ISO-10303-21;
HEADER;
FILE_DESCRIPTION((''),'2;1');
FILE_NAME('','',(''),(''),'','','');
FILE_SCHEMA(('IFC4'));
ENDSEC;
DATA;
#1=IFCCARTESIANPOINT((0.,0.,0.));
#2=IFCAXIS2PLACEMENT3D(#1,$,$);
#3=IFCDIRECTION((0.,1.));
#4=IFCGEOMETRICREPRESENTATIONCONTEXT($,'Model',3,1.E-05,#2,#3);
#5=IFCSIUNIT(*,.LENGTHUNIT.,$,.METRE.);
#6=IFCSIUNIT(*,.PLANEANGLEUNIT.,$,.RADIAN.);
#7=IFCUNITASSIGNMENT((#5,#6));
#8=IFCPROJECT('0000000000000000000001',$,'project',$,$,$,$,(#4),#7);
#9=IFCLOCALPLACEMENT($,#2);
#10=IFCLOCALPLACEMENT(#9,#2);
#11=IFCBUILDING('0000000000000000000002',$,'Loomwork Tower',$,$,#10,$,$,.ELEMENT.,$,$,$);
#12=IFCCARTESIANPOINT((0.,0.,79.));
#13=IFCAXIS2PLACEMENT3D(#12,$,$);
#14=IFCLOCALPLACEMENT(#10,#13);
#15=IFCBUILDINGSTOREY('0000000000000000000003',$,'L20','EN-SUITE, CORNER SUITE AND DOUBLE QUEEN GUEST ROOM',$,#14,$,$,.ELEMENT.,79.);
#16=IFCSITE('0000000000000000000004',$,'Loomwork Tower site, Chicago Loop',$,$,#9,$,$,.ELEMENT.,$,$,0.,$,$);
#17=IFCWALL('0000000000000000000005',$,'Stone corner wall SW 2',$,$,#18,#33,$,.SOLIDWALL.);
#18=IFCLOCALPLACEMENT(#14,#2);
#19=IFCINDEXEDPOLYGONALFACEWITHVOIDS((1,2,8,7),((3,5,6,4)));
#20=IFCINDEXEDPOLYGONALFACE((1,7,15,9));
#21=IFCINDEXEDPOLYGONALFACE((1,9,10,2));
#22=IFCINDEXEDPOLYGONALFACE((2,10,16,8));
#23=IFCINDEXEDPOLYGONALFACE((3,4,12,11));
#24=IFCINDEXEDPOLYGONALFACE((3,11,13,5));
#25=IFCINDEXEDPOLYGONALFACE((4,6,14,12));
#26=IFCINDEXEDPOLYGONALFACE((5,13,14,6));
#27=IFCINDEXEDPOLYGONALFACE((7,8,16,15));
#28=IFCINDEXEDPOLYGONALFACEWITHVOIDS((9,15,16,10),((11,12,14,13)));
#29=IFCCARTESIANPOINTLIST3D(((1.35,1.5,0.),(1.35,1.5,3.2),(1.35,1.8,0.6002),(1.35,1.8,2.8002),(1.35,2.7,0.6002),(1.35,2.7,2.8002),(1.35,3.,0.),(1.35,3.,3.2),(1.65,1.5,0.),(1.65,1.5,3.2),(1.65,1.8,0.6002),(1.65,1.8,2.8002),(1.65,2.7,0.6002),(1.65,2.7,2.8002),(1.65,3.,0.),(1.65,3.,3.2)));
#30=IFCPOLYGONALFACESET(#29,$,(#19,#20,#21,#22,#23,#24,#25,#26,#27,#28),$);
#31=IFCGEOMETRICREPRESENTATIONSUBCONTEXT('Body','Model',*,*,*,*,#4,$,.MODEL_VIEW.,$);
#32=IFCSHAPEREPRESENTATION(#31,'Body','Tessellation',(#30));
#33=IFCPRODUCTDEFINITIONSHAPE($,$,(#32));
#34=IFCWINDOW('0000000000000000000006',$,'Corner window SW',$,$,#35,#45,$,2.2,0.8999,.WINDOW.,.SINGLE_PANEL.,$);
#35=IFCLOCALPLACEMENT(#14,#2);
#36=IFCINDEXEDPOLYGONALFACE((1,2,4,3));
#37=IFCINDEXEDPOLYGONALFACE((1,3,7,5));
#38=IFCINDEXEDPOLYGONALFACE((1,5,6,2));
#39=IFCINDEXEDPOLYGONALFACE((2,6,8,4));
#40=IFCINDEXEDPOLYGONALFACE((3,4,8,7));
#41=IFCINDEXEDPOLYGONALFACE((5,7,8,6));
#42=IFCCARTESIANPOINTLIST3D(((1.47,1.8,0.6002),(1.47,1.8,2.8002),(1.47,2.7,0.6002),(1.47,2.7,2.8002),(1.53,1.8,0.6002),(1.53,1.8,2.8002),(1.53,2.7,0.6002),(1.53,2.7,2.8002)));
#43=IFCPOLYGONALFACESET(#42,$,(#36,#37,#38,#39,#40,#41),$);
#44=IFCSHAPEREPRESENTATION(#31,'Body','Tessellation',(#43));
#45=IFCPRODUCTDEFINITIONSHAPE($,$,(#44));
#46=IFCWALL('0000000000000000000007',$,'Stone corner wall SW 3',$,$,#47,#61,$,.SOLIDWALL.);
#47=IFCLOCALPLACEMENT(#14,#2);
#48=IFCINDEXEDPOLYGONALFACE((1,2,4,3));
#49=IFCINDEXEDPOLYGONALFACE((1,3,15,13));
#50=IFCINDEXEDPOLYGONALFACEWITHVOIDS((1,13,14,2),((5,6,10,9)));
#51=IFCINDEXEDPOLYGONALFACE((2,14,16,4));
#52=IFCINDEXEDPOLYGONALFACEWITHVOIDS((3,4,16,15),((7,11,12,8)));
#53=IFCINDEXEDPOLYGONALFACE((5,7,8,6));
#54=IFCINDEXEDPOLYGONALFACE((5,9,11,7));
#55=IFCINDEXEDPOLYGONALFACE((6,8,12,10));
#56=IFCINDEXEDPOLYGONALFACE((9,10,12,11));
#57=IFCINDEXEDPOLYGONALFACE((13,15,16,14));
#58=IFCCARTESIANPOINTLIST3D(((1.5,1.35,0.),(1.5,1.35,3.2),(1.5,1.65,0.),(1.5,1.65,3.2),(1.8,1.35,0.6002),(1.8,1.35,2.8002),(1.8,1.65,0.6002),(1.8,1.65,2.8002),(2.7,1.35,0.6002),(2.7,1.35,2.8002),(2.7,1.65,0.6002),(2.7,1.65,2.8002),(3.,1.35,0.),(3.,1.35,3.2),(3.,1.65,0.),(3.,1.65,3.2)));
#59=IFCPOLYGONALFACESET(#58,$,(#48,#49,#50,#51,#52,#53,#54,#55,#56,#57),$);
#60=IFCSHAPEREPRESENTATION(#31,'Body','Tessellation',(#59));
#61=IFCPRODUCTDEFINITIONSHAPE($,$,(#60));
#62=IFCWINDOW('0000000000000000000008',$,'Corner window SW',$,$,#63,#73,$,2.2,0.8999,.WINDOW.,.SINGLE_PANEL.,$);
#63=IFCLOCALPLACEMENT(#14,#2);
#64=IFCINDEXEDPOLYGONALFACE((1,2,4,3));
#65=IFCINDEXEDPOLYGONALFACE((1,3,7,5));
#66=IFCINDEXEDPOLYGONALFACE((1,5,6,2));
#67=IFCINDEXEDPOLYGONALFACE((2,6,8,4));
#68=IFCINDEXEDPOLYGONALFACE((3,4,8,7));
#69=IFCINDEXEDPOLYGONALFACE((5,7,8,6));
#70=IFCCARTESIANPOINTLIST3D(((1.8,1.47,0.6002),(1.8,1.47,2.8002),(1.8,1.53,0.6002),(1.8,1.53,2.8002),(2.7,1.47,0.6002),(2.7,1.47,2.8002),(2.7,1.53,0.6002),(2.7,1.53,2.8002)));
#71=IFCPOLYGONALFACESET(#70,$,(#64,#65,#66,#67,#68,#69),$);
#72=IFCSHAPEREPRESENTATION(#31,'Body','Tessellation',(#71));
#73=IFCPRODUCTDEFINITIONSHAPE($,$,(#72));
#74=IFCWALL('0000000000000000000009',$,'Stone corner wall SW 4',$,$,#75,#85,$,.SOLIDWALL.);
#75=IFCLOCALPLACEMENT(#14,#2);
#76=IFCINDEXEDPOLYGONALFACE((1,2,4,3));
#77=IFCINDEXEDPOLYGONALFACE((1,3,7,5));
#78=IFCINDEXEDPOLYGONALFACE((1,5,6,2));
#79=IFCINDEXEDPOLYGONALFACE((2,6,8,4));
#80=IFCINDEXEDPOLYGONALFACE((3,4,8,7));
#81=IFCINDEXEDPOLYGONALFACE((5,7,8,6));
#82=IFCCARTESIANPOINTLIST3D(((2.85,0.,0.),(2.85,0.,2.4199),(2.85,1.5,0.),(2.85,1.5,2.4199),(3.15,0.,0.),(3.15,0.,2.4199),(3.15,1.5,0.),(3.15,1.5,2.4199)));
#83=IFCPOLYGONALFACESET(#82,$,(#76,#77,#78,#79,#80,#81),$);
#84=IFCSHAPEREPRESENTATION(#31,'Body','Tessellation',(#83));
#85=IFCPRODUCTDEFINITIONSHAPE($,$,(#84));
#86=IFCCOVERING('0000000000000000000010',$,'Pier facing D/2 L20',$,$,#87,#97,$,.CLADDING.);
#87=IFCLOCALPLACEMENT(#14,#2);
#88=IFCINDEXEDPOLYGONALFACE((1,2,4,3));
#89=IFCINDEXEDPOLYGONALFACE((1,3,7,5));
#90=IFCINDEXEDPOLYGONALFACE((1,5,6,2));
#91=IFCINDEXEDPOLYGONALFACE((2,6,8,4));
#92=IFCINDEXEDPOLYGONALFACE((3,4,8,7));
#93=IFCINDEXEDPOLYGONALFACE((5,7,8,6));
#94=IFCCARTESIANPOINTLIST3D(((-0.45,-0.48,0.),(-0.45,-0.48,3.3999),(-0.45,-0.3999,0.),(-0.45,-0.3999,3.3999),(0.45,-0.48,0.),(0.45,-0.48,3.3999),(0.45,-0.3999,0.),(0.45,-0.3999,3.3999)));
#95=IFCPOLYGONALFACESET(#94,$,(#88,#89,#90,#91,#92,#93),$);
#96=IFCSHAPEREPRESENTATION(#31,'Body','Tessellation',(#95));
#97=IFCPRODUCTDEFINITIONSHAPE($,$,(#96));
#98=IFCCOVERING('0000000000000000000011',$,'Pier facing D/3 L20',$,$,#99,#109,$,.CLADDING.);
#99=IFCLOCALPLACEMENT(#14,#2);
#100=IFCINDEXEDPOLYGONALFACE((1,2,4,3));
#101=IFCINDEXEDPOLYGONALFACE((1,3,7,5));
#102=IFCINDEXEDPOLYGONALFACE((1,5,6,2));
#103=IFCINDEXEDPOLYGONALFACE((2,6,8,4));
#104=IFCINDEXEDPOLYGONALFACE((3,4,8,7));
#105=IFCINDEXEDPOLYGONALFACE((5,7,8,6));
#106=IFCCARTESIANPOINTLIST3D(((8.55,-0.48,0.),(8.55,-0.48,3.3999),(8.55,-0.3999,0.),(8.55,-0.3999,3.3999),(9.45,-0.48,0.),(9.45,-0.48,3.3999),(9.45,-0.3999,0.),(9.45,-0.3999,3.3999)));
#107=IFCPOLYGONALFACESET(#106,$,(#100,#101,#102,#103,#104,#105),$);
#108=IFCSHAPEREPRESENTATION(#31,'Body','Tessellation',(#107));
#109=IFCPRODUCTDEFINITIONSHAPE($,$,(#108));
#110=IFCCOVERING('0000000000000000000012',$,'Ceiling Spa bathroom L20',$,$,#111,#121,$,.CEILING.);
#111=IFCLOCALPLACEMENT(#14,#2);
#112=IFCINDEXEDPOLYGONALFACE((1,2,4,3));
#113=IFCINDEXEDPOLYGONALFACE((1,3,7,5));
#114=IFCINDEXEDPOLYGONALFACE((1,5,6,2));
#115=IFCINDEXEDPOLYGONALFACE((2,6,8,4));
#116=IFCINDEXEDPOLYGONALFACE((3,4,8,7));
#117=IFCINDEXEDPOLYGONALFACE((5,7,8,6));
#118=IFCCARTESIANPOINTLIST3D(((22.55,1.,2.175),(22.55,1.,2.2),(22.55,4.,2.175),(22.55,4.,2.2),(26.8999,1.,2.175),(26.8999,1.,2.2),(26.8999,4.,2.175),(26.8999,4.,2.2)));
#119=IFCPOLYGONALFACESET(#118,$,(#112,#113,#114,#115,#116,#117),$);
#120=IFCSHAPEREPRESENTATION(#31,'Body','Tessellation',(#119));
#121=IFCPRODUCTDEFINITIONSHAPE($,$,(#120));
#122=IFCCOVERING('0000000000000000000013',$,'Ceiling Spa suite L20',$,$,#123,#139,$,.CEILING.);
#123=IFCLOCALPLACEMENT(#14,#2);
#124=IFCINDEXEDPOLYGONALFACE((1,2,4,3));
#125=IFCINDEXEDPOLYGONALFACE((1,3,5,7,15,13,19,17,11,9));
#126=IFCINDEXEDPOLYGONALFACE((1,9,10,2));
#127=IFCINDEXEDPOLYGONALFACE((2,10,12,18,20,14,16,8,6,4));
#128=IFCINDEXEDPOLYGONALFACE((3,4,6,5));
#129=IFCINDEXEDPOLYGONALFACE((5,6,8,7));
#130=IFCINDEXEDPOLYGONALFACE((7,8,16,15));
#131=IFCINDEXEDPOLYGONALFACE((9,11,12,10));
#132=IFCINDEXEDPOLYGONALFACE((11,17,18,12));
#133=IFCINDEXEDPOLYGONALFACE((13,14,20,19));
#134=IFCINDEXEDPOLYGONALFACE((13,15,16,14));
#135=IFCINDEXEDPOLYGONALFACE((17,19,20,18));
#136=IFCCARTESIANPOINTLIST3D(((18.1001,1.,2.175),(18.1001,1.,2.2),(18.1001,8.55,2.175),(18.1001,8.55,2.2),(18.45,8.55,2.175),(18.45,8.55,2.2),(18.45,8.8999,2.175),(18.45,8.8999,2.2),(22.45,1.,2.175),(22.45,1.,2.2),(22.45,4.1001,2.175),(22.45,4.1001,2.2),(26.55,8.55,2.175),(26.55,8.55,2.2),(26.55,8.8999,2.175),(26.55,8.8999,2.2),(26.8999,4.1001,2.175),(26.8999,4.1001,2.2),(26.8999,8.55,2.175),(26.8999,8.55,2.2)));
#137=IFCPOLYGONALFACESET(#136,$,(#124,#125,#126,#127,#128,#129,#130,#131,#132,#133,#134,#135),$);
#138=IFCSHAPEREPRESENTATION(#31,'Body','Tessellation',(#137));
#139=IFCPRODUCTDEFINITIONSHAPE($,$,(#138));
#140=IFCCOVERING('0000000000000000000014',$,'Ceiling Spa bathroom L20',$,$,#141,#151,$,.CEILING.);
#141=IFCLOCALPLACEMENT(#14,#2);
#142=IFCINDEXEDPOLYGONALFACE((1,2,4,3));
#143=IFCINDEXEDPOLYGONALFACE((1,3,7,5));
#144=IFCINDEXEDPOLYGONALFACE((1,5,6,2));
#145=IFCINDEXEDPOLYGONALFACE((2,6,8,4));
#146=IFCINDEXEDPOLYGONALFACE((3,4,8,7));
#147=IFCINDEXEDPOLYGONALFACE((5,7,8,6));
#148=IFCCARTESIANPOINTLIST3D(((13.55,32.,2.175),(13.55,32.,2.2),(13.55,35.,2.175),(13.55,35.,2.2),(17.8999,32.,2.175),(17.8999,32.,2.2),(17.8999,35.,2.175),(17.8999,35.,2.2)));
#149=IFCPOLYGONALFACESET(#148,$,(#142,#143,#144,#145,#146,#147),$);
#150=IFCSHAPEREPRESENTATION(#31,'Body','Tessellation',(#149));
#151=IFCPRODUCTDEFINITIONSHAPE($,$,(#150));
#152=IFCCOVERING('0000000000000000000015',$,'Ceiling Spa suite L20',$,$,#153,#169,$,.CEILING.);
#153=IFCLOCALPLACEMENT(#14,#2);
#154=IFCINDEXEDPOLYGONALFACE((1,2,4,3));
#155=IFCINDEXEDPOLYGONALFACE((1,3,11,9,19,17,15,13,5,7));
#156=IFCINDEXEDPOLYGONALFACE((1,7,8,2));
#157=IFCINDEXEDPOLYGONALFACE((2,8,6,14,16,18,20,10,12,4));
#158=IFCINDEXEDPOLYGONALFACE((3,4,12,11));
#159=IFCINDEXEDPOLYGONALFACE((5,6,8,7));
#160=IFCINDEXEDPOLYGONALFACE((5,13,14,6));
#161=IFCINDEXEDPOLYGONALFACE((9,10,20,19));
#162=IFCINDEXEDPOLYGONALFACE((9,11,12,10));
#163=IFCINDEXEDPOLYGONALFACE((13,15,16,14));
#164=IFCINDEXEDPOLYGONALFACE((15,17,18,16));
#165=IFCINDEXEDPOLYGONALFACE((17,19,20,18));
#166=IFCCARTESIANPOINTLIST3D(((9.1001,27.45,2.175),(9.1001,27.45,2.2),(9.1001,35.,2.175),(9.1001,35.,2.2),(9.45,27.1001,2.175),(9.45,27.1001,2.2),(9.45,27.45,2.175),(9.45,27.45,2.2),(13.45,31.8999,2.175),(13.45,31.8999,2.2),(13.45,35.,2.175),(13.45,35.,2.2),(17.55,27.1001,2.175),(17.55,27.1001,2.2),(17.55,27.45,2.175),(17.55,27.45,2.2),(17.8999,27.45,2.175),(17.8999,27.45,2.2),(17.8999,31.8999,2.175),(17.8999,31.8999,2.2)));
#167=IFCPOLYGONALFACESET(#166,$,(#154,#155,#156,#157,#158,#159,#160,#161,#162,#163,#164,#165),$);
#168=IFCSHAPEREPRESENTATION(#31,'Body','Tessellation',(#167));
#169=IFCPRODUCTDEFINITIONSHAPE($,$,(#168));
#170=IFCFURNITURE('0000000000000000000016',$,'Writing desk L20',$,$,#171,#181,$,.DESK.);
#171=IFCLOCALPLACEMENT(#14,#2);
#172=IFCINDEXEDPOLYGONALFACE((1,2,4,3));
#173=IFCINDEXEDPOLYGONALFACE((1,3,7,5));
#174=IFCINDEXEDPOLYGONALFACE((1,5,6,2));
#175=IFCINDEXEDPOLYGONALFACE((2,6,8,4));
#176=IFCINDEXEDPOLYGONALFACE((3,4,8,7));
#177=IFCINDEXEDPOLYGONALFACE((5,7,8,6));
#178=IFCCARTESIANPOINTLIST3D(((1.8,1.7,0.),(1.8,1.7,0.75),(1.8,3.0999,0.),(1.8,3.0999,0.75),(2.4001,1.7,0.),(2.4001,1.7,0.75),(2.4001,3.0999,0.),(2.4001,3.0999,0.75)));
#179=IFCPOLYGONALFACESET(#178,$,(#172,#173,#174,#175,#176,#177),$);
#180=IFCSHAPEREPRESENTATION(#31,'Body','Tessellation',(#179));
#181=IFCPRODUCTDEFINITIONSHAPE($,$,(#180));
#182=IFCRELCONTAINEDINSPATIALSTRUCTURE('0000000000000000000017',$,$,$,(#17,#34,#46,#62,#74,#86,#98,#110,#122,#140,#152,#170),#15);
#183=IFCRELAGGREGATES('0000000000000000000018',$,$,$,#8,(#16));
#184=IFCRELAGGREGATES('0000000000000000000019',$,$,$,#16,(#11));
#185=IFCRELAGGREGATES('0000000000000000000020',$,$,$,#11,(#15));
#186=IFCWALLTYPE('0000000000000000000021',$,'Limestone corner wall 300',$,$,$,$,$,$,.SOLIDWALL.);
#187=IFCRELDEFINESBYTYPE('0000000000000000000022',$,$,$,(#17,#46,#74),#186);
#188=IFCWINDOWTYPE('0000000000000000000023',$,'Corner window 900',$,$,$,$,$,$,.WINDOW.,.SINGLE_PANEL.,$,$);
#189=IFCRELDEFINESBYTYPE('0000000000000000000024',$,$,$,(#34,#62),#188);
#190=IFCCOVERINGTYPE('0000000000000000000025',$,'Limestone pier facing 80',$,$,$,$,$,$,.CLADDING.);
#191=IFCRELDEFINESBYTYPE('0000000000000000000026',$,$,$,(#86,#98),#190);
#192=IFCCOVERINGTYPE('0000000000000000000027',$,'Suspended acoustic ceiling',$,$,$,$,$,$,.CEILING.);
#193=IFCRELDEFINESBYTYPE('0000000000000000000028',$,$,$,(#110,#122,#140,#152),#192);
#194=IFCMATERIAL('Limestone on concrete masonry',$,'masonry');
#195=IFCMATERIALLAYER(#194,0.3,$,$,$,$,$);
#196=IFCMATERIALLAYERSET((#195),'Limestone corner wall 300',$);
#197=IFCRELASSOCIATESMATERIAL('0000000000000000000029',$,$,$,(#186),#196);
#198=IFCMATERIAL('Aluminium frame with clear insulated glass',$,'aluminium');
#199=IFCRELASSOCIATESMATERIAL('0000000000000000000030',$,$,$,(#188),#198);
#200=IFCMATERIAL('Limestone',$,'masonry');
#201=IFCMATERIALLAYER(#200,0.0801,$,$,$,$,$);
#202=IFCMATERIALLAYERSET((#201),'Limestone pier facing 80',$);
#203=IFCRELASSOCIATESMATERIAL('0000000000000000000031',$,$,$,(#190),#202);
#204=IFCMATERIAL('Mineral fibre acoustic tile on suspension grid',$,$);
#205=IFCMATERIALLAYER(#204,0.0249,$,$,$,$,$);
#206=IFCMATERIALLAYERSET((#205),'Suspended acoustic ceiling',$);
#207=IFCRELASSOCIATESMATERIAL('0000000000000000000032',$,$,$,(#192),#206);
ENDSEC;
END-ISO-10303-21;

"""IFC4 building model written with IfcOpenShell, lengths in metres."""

from ifc_helpers import new_model, si_unit, direction, frame, frame_2d, origin, origin_2d, place, context, subcontext, project, spatial, polyline, rectangle, outline, extrude, material, layer, layer_set, type_object, element, fill, save


model = new_model("IFC4")

# Units and contexts
model_context = context("Model", 3, precision=1e-05, world=origin(), true_north=direction((0.0, 1.0)))
body_context = subcontext(model_context, "Body", "Model", "MODEL_VIEW")
ifc_project = project(units=[si_unit("LENGTHUNIT", "METRE"), si_unit("PLANEANGLEUNIT", "RADIAN")], contexts=[model_context])

# Site, building, storey
site_placement = place(None, origin())
site = spatial("IfcSite", under=ifc_project, at=site_placement, Name="Loomwork Tower site, Chicago Loop", CompositionType="ELEMENT", RefElevation=0.0)
building_placement = place(site_placement, origin())
building = spatial("IfcBuilding", under=site, at=building_placement, Name="Loomwork Tower", CompositionType="ELEMENT")
storey_placement = place(building_placement, frame((0.0, 0.0, 79.0)))
storey = spatial("IfcBuildingStorey", under=building, at=storey_placement, Name="L20", Description="EN-SUITE, CORNER SUITE AND DOUBLE QUEEN GUEST ROOM", CompositionType="ELEMENT", Elevation=79.0)

# Shared definitions
ifc_material_1 = material(Name="Limestone on concrete masonry", Category="masonry")
ifc_layer_1 = layer(ifc_material_1, 0.3)
ifc_layer_set_1 = layer_set([ifc_layer_1], Name="Limestone corner wall 300")
wall_type_1 = type_object("IfcWallType", Name="Limestone corner wall 300", PredefinedType="SOLIDWALL", material=ifc_layer_set_1)

# Walls, openings, windows
wall_1_placement = place(storey_placement, frame((1.5, 3.0, 0.0), z_axis=(0.0, 0.0, 1.0), x_axis=(0.0, -1.0, 0.0)))
wall_1 = element("IfcWall", 1, at=wall_1_placement, inside=storey, type_object=wall_type_1, Name="Stone corner wall SW 2", PredefinedType="SOLIDWALL", context=body_context, shape_type="SweptSolid", body=[
    extrude(rectangle(XDim=1.5, YDim=0.3, at=frame_2d((0.75, 0.0))), origin(), (0.0, 0.0, 1.0), 3.2),
])
opening_1_placement = place(wall_1_placement, frame((0.3, 0.0, 0.6001)))
opening_1 = element("IfcOpeningElement", 2, at=opening_1_placement, cuts=wall_1, PredefinedType="OPENING", context=body_context, shape_type="SweptSolid", body=[
    extrude(rectangle(XDim=0.8999, YDim=2.2, at=frame_2d((0.45, 1.1001))), frame((0.0, 0.1599, 0.0), z_axis=(0.0, -1.0, 0.0), x_axis=(1.0, 0.0, 0.0)), (0.0, 0.0, 1.0), 0.3201),
])
ifc_material_2 = material(Name="Aluminium frame with clear insulated glass", Category="aluminium")
window_type_1 = type_object("IfcWindowType", Name="Corner window 900", PartitioningType="SINGLE_PANEL", PredefinedType="WINDOW", material=ifc_material_2)
window_1_placement = place(opening_1_placement, origin())
window_1 = element("IfcWindow", 3, at=window_1_placement, inside=storey, type_object=window_type_1, Name="Corner window SW", OverallHeight=2.2, OverallWidth=0.8999, PartitioningType="SINGLE_PANEL", PredefinedType="WINDOW", context=body_context, shape_type="SweptSolid", body=[
    extrude(rectangle(XDim=0.8999, YDim=2.2, at=frame_2d((0.45, 1.1001))), frame((0.0, 0.03, 0.0), z_axis=(0.0, -1.0, 0.0), x_axis=(1.0, 0.0, 0.0)), (0.0, 0.0, 1.0), 0.0601),
])
fill(opening_1, window_1)
wall_2_placement = place(storey_placement, frame((1.5, 1.5, 0.0), z_axis=(0.0, 0.0, 1.0), x_axis=(1.0, 0.0, 0.0)))
wall_2 = element("IfcWall", 4, at=wall_2_placement, inside=storey, type_object=wall_type_1, Name="Stone corner wall SW 3", PredefinedType="SOLIDWALL", context=body_context, shape_type="SweptSolid", body=[
    extrude(rectangle(XDim=1.5, YDim=0.3, at=frame_2d((0.75, 0.0))), origin(), (0.0, 0.0, 1.0), 3.2),
])
opening_2_placement = place(wall_2_placement, frame((0.3, 0.0, 0.6001)))
opening_2 = element("IfcOpeningElement", 5, at=opening_2_placement, cuts=wall_2, PredefinedType="OPENING", context=body_context, shape_type="SweptSolid", body=[
    extrude(rectangle(XDim=0.8999, YDim=2.2, at=frame_2d((0.45, 1.1001))), frame((0.0, 0.1599, 0.0), z_axis=(0.0, -1.0, 0.0), x_axis=(1.0, 0.0, 0.0)), (0.0, 0.0, 1.0), 0.3201),
])
window_2_placement = place(opening_2_placement, origin())
window_2 = element("IfcWindow", 6, at=window_2_placement, inside=storey, type_object=window_type_1, Name="Corner window SW", OverallHeight=2.2, OverallWidth=0.8999, PartitioningType="SINGLE_PANEL", PredefinedType="WINDOW", context=body_context, shape_type="SweptSolid", body=[
    extrude(rectangle(XDim=0.8999, YDim=2.2, at=frame_2d((0.45, 1.1001))), frame((0.0, 0.03, 0.0), z_axis=(0.0, -1.0, 0.0), x_axis=(1.0, 0.0, 0.0)), (0.0, 0.0, 1.0), 0.0601),
])
fill(opening_2, window_2)

# Wall
wall_3_placement = place(storey_placement, frame((3.0, 1.5, 0.0), z_axis=(0.0, 0.0, 1.0), x_axis=(0.0, -1.0, 0.0)))
element("IfcWall", 7, at=wall_3_placement, inside=storey, type_object=wall_type_1, Name="Stone corner wall SW 4", PredefinedType="SOLIDWALL", context=body_context, shape_type="SweptSolid", body=[
    extrude(rectangle(XDim=1.5, YDim=0.3, at=frame_2d((0.75, 0.0))), origin(), (0.0, 0.0, 1.0), 2.4199),
])

# Coverings
ifc_material_3 = material(Name="Limestone", Category="masonry")
ifc_layer_2 = layer(ifc_material_3, 0.0801)
ifc_layer_set_2 = layer_set([ifc_layer_2], Name="Limestone pier facing 80")
covering_type_1 = type_object("IfcCoveringType", Name="Limestone pier facing 80", PredefinedType="CLADDING", material=ifc_layer_set_2)
for number, where, z_axis, x_axis, name in (
    (8, (0.0, -0.4399, 0.0), (0.0, 0.0, 1.0), (1.0, 0.0, 0.0), "Pier facing D/2 L20"),
    (9, (9.0, -0.4399, 0.0), (0.0, 0.0, 1.0), (1.0, 0.0, 0.0), "Pier facing D/3 L20"),
):
    element("IfcCovering", number, at=place(storey_placement, frame(where, z_axis=z_axis, x_axis=x_axis)), inside=storey, type_object=covering_type_1, Name=name, PredefinedType="CLADDING", context=body_context, shape_type="SweptSolid", body=[
        extrude(rectangle(XDim=0.8999, YDim=0.0801, at=origin_2d()), origin(), (0.0, 0.0, 1.0), 3.3999),
    ])
ifc_material_4 = material(Name="Mineral fibre acoustic tile on suspension grid")
ifc_layer_3 = layer(ifc_material_4, 0.0249)
ifc_layer_set_3 = layer_set([ifc_layer_3], Name="Suspended acoustic ceiling")
covering_type_2 = type_object("IfcCoveringType", Name="Suspended acoustic ceiling", PredefinedType="CEILING", material=ifc_layer_set_3)
covering_1_placement = place(storey_placement, frame((0.0, 0.0, 2.175)))
element("IfcCovering", 10, at=covering_1_placement, inside=storey, type_object=covering_type_2, Name="Ceiling Spa bathroom L20", PredefinedType="CEILING", context=body_context, shape_type="SweptSolid", body=[
    extrude(outline(polyline([(26.8999, 4.0), (26.8999, 1.0), (22.55, 1.0), (22.55, 4.0), (26.8999, 4.0)])), origin(), (0.0, 0.0, 1.0), 0.0249),
])
covering_2_placement = place(storey_placement, frame((0.0, 0.0, 2.175)))
element("IfcCovering", 11, at=covering_2_placement, inside=storey, type_object=covering_type_2, Name="Ceiling Spa suite L20", PredefinedType="CEILING", context=body_context, shape_type="SweptSolid", body=[
    extrude(outline(polyline([(26.55, 8.8999), (26.55, 8.55), (26.8999, 8.55), (26.8999, 4.1001), (22.45, 4.1001), (22.45, 1.0), (18.1001, 1.0), (18.1001, 8.55), (18.45, 8.55), (18.45, 8.8999), (26.55, 8.8999)])), origin(), (0.0, 0.0, 1.0), 0.0249),
])
covering_3_placement = place(storey_placement, frame((0.0, 0.0, 2.175)))
element("IfcCovering", 12, at=covering_3_placement, inside=storey, type_object=covering_type_2, Name="Ceiling Spa bathroom L20", PredefinedType="CEILING", context=body_context, shape_type="SweptSolid", body=[
    extrude(outline(polyline([(13.55, 35.0), (17.8999, 35.0), (17.8999, 32.0), (13.55, 32.0), (13.55, 35.0)])), origin(), (0.0, 0.0, 1.0), 0.0249),
])
covering_4_placement = place(storey_placement, frame((0.0, 0.0, 2.175)))
element("IfcCovering", 13, at=covering_4_placement, inside=storey, type_object=covering_type_2, Name="Ceiling Spa suite L20", PredefinedType="CEILING", context=body_context, shape_type="SweptSolid", body=[
    extrude(outline(polyline([(9.1001, 35.0), (13.45, 35.0), (13.45, 31.8999), (17.8999, 31.8999), (17.8999, 27.45), (17.55, 27.45), (17.55, 27.1001), (9.45, 27.1001), (9.45, 27.45), (9.1001, 27.45), (9.1001, 35.0)])), origin(), (0.0, 0.0, 1.0), 0.0249),
])

# Furniture
furniture_1_placement = place(storey_placement, frame((2.1001, 2.3999, 0.0), z_axis=(0.0, 0.0, 1.0), x_axis=(1.0, 0.0, 0.0)))
element("IfcFurniture", 14, at=furniture_1_placement, inside=storey, Name="Writing desk L20", PredefinedType="DESK", context=body_context, shape_type="SweptSolid", body=[
    extrude(rectangle(XDim=0.6001, YDim=1.3999, at=origin_2d()), origin(), (0.0, 0.0, 1.0), 0.75),
])

save(model, "model.ifc")
